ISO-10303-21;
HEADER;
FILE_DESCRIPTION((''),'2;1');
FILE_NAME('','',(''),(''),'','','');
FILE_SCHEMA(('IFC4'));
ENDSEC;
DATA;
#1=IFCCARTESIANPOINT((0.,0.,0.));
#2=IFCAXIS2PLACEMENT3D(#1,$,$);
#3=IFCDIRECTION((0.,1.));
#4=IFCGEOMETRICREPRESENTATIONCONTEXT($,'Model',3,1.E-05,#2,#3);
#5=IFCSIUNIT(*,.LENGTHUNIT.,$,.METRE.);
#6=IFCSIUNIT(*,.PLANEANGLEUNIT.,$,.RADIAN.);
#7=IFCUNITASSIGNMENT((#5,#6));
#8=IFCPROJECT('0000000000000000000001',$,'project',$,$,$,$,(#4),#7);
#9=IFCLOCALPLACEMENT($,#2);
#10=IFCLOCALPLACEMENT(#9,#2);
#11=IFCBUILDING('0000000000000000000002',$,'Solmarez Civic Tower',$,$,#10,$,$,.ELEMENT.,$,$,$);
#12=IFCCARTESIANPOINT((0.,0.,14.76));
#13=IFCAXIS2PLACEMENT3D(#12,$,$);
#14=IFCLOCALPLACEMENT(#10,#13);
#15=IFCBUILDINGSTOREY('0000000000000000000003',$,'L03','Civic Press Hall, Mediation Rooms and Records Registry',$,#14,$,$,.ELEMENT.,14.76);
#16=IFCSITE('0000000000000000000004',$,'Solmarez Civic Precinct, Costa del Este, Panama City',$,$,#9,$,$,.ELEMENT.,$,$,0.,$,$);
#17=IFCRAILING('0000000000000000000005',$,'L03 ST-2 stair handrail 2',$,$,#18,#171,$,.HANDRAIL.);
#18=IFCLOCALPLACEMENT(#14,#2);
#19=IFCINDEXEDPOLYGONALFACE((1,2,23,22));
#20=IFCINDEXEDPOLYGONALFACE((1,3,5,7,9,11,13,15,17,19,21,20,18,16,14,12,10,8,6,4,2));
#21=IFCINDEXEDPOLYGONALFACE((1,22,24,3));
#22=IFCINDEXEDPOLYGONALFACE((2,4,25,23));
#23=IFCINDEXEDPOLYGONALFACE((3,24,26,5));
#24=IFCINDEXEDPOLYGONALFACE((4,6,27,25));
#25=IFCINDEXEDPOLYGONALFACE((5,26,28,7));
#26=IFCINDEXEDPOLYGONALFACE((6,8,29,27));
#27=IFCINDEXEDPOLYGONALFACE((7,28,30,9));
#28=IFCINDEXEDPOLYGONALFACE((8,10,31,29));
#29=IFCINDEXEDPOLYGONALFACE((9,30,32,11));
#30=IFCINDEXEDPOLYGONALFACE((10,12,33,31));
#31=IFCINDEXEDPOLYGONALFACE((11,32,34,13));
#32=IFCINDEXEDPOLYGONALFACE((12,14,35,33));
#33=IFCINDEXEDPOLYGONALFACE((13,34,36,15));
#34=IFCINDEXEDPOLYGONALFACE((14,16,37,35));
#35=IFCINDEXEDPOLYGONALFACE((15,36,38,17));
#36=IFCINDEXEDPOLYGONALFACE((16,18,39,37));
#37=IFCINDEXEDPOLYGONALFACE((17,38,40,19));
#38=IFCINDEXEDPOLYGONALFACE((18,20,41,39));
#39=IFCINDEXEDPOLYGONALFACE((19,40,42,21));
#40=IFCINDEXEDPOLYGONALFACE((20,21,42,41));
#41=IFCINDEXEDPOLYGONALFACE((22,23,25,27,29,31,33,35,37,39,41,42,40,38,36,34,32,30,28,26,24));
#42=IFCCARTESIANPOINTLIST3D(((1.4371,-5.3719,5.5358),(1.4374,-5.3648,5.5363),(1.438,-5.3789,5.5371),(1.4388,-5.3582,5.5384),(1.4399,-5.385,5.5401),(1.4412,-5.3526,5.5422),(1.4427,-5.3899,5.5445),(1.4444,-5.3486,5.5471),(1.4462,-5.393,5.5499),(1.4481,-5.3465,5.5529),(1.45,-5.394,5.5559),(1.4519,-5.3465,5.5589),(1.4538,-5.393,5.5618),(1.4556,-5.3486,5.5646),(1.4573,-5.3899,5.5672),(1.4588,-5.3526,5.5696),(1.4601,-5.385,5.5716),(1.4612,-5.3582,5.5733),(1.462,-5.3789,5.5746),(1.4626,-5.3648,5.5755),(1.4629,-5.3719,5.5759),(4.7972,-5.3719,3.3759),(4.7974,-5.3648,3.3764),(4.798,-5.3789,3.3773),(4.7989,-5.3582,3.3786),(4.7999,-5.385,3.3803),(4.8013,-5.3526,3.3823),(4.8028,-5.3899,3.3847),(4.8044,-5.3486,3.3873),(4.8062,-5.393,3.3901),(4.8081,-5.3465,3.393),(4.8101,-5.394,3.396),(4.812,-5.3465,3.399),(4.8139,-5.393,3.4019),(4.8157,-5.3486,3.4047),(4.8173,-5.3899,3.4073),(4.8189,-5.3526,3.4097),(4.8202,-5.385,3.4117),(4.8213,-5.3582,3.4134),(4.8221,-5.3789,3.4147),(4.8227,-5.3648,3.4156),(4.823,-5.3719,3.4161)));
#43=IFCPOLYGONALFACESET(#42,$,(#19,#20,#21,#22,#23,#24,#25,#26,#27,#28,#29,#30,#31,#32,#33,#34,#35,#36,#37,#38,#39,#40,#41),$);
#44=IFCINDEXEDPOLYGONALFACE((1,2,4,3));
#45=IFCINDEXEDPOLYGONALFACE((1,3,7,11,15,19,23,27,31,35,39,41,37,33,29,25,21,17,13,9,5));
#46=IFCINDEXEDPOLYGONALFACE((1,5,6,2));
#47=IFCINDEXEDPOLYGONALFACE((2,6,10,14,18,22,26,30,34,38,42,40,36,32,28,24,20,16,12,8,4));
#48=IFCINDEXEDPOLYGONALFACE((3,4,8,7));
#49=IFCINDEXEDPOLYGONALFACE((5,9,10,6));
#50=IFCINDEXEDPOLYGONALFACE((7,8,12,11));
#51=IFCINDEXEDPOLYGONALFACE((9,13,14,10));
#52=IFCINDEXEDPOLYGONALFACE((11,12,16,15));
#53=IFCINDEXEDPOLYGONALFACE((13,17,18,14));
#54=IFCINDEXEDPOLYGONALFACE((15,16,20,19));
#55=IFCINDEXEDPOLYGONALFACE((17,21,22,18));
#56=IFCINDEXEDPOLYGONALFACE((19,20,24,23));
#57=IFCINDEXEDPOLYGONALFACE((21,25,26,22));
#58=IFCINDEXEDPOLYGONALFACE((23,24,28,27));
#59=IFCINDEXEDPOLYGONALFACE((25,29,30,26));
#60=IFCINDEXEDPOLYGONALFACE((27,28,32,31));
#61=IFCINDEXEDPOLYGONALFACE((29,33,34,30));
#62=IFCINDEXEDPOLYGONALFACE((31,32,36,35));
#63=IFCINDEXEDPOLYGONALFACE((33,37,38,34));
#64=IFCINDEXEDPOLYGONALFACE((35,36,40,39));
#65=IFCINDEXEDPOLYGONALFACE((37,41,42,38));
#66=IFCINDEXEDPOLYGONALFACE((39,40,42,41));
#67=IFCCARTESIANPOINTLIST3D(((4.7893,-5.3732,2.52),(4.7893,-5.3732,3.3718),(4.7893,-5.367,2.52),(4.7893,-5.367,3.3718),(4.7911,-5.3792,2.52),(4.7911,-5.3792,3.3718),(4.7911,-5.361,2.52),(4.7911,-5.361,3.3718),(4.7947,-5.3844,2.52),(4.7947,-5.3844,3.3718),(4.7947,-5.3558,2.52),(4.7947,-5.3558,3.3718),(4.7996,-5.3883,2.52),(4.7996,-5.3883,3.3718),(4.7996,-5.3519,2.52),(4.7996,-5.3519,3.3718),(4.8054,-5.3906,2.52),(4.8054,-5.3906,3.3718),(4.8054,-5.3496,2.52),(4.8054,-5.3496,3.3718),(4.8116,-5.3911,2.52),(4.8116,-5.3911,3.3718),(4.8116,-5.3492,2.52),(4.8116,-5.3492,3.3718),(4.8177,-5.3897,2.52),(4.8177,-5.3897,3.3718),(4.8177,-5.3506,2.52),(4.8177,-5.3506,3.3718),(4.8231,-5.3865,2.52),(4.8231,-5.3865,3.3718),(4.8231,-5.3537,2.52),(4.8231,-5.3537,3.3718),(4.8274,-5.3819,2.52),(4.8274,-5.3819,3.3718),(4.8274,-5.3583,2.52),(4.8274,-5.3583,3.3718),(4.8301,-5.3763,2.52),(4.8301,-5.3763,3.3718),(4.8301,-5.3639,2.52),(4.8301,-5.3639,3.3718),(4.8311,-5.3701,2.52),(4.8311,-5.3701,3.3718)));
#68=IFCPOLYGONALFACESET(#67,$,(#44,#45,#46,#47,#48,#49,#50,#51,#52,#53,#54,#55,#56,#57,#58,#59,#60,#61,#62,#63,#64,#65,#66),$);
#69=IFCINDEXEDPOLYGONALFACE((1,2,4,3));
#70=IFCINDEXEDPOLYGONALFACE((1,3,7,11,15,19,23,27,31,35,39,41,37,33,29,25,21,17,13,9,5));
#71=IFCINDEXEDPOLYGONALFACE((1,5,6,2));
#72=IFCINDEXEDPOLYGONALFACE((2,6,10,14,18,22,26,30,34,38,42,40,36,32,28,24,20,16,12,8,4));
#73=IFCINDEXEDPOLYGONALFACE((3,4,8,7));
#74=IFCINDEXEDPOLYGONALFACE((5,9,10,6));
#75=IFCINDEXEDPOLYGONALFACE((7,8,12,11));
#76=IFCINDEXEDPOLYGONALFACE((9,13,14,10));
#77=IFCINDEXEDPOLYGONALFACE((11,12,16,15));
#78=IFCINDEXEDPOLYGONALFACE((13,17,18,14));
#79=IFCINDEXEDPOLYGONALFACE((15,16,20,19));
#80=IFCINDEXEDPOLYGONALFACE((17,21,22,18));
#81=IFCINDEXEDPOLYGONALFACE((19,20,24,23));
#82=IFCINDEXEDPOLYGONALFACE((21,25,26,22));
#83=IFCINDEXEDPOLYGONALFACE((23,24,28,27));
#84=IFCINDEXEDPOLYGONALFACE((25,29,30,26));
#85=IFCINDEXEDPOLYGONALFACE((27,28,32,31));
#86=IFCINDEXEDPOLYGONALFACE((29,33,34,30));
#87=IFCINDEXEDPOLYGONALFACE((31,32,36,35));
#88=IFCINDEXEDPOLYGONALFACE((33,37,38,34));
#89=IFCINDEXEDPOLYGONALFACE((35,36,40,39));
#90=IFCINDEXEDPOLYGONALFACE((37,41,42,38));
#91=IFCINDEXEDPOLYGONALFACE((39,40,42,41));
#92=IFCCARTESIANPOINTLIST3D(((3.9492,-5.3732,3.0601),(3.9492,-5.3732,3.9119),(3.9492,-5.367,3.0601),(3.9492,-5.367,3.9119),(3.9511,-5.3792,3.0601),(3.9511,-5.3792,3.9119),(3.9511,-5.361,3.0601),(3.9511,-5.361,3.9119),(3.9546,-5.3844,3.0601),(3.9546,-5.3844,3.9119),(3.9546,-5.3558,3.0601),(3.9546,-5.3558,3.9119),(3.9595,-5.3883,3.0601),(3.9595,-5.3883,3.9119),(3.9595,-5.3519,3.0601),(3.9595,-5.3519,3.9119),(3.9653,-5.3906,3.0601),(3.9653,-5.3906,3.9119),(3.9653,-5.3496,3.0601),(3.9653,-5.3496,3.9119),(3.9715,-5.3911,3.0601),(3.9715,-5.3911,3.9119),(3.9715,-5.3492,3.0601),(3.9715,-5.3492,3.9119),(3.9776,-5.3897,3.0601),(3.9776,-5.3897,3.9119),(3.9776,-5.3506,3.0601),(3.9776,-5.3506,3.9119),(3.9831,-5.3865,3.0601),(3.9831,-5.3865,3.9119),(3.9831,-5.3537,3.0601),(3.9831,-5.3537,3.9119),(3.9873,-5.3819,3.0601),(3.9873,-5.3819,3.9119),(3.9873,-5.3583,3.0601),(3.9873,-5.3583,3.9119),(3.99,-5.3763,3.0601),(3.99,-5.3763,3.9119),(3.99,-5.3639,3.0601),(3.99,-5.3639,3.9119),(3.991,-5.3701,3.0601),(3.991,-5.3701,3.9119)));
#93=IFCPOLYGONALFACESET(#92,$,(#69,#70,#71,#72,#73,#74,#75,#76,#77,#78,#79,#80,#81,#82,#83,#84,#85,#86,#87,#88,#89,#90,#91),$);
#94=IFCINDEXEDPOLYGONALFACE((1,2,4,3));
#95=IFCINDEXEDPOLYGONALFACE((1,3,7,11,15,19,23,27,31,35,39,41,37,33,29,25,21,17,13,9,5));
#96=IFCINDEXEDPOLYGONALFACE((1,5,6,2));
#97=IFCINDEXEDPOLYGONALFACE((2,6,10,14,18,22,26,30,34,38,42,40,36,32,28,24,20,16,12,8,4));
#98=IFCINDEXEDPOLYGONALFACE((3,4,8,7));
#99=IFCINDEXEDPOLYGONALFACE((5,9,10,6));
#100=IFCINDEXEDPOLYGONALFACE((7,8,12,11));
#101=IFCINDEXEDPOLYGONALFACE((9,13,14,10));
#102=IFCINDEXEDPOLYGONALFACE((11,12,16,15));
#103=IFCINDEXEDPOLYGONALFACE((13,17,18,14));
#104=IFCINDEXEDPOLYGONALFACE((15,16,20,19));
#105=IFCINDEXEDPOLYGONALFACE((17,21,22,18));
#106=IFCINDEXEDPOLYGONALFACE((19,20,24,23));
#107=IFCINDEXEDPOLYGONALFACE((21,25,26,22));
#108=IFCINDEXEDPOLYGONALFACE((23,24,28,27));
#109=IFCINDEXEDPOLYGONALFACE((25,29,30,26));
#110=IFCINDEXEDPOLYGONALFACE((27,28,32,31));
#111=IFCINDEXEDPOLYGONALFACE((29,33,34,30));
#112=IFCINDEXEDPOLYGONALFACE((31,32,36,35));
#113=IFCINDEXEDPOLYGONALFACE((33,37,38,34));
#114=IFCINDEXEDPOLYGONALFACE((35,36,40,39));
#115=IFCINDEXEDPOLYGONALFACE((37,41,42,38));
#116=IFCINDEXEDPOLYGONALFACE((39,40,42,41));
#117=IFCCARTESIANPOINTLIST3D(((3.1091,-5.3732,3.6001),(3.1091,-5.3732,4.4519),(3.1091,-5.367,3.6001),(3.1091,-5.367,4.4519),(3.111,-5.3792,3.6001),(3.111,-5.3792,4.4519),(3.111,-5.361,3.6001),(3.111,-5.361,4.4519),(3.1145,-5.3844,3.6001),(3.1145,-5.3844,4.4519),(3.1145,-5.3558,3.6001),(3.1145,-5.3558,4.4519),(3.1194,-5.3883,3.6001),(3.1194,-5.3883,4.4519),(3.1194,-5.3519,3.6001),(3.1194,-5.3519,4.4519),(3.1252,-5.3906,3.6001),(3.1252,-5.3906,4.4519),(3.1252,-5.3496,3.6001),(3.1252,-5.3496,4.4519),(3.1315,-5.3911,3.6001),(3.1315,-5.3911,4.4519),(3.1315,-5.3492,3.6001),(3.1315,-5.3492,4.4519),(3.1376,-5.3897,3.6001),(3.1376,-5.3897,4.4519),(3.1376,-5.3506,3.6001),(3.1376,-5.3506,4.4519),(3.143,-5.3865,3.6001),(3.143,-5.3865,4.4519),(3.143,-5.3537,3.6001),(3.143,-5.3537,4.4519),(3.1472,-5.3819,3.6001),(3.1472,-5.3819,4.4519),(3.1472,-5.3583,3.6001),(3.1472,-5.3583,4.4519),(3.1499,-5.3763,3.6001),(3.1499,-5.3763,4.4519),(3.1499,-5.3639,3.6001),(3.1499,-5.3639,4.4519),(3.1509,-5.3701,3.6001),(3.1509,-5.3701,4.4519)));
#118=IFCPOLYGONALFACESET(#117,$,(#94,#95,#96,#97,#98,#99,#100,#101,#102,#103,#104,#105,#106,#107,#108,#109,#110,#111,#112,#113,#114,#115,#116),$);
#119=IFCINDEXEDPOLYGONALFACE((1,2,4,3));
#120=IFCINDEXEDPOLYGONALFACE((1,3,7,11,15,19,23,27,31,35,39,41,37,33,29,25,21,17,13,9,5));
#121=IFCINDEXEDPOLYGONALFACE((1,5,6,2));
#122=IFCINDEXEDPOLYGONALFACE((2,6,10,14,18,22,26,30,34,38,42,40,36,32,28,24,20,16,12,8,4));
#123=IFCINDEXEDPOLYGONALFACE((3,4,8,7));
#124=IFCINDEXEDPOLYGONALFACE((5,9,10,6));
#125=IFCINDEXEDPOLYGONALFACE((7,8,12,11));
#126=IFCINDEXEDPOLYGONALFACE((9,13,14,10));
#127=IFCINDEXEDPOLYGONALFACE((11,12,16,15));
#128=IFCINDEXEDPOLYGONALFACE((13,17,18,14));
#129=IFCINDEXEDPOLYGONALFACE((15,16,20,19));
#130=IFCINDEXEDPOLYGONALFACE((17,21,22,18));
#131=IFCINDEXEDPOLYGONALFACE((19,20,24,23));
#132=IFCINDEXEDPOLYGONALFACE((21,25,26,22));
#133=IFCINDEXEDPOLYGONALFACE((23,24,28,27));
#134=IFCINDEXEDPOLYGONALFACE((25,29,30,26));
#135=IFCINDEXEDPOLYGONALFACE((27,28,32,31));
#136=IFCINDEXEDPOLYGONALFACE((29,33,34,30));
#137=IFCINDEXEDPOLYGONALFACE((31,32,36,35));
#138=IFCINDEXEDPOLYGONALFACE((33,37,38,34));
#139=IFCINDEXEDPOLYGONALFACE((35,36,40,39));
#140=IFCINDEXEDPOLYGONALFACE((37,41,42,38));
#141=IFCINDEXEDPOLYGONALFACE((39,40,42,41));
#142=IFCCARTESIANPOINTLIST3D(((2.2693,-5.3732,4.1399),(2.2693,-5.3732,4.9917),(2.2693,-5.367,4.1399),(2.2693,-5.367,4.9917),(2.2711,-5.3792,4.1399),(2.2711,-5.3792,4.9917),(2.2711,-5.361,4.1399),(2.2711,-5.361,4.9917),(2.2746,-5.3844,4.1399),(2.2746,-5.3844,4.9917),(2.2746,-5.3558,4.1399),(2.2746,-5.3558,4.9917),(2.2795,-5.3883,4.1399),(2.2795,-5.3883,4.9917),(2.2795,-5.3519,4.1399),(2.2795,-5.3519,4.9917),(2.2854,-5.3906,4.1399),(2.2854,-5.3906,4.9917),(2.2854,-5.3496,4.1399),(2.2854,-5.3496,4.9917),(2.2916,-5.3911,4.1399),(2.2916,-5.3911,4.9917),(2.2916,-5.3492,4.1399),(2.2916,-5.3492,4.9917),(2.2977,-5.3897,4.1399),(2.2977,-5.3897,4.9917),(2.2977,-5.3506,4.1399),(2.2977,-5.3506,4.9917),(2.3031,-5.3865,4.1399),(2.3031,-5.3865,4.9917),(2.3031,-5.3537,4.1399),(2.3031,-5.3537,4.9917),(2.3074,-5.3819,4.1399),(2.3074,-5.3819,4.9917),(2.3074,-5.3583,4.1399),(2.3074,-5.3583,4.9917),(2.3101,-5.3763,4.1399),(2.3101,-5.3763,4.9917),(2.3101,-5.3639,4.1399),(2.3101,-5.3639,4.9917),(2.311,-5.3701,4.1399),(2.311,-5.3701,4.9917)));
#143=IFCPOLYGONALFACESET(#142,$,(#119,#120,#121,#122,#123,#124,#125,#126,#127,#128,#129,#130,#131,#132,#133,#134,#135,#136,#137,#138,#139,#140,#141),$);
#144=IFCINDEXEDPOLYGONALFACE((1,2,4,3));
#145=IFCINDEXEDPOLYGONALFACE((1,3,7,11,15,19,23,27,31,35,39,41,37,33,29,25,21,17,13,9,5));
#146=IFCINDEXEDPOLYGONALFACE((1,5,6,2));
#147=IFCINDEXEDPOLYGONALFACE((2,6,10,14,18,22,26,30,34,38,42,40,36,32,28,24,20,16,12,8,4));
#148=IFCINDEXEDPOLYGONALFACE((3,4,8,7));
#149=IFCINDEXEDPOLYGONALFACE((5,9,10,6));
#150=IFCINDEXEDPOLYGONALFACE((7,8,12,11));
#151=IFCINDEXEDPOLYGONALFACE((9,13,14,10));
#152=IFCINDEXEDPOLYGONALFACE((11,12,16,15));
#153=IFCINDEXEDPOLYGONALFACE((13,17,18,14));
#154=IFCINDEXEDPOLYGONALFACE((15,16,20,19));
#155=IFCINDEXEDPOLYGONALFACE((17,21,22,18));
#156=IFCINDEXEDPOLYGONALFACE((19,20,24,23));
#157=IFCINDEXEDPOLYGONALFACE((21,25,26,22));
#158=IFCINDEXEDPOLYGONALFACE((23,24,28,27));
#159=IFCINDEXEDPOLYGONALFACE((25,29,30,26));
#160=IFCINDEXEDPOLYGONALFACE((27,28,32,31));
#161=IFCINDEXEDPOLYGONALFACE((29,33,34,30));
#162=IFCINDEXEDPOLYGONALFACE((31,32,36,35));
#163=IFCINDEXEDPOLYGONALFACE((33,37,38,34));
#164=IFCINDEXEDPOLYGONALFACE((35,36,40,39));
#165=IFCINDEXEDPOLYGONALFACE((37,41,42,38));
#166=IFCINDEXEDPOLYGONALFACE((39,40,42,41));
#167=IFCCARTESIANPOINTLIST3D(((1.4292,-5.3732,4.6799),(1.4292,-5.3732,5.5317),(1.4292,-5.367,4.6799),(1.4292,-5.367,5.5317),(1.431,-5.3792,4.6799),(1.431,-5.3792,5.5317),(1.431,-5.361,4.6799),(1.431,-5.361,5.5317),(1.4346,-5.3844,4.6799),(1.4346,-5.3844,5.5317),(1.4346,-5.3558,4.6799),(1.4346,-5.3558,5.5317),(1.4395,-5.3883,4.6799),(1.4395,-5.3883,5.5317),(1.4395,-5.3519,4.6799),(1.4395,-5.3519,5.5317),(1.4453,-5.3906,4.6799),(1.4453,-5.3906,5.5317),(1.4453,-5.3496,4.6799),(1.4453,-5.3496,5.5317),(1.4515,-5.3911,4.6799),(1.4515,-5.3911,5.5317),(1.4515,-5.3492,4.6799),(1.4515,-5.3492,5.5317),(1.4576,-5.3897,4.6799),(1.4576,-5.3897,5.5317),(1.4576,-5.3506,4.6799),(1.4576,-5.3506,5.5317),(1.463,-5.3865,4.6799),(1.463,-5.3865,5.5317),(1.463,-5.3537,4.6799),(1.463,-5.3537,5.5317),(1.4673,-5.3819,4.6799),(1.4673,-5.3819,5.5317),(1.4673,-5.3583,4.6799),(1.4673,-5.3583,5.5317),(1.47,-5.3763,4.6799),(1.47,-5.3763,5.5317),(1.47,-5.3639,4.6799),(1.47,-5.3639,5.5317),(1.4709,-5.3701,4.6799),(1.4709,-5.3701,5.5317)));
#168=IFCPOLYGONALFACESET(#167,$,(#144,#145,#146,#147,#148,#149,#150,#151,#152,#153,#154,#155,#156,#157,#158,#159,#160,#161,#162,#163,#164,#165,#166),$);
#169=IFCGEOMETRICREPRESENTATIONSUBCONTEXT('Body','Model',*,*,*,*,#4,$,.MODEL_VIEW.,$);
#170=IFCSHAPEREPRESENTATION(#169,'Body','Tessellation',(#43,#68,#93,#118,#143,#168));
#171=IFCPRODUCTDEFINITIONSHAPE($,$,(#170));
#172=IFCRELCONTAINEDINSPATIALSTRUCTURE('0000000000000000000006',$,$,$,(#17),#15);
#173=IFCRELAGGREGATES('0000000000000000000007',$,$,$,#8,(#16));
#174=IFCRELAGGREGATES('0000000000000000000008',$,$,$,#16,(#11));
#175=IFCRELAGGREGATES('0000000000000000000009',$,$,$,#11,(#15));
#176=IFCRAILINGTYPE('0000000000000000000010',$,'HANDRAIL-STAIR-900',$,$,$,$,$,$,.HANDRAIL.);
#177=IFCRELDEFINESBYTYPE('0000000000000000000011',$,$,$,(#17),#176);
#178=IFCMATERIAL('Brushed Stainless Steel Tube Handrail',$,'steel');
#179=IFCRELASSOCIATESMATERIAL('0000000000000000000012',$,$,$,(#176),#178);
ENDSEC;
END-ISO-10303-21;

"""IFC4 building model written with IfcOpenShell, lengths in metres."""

from ifc_helpers import new_model, si_unit, direction, frame, origin, origin_2d, place, context, subcontext, project, spatial, circle, extrude, material, type_object, element, save


model = new_model("IFC4")

# Units and contexts
model_context = context("Model", 3, precision=1e-05, world=origin(), true_north=direction((0.0, 1.0)))
body_context = subcontext(model_context, "Body", "Model", "MODEL_VIEW")
ifc_project = project(units=[si_unit("LENGTHUNIT", "METRE"), si_unit("PLANEANGLEUNIT", "RADIAN")], contexts=[model_context])

# Site, building, storey
site_placement = place(None, origin())
site = spatial("IfcSite", under=ifc_project, at=site_placement, Name="Solmarez Civic Precinct, Costa del Este, Panama City", CompositionType="ELEMENT", RefElevation=0.0)
building_placement = place(site_placement, origin())
building = spatial("IfcBuilding", under=site, at=building_placement, Name="Solmarez Civic Tower", CompositionType="ELEMENT")
storey_placement = place(building_placement, frame((0.0, 0.0, 14.76)))
storey = spatial("IfcBuildingStorey", under=building, at=storey_placement, Name="L03", Description="Civic Press Hall, Mediation Rooms and Records Registry", CompositionType="ELEMENT", Elevation=14.76)

# Railing
ifc_material_1 = material(Name="Brushed Stainless Steel Tube Handrail", Category="steel")
railing_type = type_object("IfcRailingType", Name="HANDRAIL-STAIR-900", PredefinedType="HANDRAIL", material=ifc_material_1)
railing_placement = place(storey_placement, frame((4.8101, -5.3701, 2.52)))
element("IfcRailing", 1, at=railing_placement, inside=storey, type_object=railing_type, Name="L03 ST-2 stair handrail 2", PredefinedType="HANDRAIL", context=body_context, shape_type="SweptSolid", body=[
    extrude(circle(Radius=0.0239, at=origin_2d()), frame((0.0, 0.0, 0.876), z_axis=(-0.841196, 0.0, 0.54073), x_axis=(0.0, -1.0, 0.0)), (0.0, 0.0, 1.0), 3.9944),
    extrude(circle(Radius=0.021, at=origin_2d()), origin(), (0.0, 0.0, 1.0), 0.8518),
    extrude(circle(Radius=0.021, at=origin_2d()), frame((-0.8401, 0.0, 0.54)), (0.0, 0.0, 1.0), 0.8518),
    extrude(circle(Radius=0.021, at=origin_2d()), frame((-1.6802, 0.0, 1.0801)), (0.0, 0.0, 1.0), 0.8518),
    extrude(circle(Radius=0.021, at=origin_2d()), frame((-2.52, 0.0, 1.6199)), (0.0, 0.0, 1.0), 0.8518),
    extrude(circle(Radius=0.021, at=origin_2d()), frame((-3.3601, 0.0, 2.1599)), (0.0, 0.0, 1.0), 0.8518),
])

save(model, "model.ifc")
